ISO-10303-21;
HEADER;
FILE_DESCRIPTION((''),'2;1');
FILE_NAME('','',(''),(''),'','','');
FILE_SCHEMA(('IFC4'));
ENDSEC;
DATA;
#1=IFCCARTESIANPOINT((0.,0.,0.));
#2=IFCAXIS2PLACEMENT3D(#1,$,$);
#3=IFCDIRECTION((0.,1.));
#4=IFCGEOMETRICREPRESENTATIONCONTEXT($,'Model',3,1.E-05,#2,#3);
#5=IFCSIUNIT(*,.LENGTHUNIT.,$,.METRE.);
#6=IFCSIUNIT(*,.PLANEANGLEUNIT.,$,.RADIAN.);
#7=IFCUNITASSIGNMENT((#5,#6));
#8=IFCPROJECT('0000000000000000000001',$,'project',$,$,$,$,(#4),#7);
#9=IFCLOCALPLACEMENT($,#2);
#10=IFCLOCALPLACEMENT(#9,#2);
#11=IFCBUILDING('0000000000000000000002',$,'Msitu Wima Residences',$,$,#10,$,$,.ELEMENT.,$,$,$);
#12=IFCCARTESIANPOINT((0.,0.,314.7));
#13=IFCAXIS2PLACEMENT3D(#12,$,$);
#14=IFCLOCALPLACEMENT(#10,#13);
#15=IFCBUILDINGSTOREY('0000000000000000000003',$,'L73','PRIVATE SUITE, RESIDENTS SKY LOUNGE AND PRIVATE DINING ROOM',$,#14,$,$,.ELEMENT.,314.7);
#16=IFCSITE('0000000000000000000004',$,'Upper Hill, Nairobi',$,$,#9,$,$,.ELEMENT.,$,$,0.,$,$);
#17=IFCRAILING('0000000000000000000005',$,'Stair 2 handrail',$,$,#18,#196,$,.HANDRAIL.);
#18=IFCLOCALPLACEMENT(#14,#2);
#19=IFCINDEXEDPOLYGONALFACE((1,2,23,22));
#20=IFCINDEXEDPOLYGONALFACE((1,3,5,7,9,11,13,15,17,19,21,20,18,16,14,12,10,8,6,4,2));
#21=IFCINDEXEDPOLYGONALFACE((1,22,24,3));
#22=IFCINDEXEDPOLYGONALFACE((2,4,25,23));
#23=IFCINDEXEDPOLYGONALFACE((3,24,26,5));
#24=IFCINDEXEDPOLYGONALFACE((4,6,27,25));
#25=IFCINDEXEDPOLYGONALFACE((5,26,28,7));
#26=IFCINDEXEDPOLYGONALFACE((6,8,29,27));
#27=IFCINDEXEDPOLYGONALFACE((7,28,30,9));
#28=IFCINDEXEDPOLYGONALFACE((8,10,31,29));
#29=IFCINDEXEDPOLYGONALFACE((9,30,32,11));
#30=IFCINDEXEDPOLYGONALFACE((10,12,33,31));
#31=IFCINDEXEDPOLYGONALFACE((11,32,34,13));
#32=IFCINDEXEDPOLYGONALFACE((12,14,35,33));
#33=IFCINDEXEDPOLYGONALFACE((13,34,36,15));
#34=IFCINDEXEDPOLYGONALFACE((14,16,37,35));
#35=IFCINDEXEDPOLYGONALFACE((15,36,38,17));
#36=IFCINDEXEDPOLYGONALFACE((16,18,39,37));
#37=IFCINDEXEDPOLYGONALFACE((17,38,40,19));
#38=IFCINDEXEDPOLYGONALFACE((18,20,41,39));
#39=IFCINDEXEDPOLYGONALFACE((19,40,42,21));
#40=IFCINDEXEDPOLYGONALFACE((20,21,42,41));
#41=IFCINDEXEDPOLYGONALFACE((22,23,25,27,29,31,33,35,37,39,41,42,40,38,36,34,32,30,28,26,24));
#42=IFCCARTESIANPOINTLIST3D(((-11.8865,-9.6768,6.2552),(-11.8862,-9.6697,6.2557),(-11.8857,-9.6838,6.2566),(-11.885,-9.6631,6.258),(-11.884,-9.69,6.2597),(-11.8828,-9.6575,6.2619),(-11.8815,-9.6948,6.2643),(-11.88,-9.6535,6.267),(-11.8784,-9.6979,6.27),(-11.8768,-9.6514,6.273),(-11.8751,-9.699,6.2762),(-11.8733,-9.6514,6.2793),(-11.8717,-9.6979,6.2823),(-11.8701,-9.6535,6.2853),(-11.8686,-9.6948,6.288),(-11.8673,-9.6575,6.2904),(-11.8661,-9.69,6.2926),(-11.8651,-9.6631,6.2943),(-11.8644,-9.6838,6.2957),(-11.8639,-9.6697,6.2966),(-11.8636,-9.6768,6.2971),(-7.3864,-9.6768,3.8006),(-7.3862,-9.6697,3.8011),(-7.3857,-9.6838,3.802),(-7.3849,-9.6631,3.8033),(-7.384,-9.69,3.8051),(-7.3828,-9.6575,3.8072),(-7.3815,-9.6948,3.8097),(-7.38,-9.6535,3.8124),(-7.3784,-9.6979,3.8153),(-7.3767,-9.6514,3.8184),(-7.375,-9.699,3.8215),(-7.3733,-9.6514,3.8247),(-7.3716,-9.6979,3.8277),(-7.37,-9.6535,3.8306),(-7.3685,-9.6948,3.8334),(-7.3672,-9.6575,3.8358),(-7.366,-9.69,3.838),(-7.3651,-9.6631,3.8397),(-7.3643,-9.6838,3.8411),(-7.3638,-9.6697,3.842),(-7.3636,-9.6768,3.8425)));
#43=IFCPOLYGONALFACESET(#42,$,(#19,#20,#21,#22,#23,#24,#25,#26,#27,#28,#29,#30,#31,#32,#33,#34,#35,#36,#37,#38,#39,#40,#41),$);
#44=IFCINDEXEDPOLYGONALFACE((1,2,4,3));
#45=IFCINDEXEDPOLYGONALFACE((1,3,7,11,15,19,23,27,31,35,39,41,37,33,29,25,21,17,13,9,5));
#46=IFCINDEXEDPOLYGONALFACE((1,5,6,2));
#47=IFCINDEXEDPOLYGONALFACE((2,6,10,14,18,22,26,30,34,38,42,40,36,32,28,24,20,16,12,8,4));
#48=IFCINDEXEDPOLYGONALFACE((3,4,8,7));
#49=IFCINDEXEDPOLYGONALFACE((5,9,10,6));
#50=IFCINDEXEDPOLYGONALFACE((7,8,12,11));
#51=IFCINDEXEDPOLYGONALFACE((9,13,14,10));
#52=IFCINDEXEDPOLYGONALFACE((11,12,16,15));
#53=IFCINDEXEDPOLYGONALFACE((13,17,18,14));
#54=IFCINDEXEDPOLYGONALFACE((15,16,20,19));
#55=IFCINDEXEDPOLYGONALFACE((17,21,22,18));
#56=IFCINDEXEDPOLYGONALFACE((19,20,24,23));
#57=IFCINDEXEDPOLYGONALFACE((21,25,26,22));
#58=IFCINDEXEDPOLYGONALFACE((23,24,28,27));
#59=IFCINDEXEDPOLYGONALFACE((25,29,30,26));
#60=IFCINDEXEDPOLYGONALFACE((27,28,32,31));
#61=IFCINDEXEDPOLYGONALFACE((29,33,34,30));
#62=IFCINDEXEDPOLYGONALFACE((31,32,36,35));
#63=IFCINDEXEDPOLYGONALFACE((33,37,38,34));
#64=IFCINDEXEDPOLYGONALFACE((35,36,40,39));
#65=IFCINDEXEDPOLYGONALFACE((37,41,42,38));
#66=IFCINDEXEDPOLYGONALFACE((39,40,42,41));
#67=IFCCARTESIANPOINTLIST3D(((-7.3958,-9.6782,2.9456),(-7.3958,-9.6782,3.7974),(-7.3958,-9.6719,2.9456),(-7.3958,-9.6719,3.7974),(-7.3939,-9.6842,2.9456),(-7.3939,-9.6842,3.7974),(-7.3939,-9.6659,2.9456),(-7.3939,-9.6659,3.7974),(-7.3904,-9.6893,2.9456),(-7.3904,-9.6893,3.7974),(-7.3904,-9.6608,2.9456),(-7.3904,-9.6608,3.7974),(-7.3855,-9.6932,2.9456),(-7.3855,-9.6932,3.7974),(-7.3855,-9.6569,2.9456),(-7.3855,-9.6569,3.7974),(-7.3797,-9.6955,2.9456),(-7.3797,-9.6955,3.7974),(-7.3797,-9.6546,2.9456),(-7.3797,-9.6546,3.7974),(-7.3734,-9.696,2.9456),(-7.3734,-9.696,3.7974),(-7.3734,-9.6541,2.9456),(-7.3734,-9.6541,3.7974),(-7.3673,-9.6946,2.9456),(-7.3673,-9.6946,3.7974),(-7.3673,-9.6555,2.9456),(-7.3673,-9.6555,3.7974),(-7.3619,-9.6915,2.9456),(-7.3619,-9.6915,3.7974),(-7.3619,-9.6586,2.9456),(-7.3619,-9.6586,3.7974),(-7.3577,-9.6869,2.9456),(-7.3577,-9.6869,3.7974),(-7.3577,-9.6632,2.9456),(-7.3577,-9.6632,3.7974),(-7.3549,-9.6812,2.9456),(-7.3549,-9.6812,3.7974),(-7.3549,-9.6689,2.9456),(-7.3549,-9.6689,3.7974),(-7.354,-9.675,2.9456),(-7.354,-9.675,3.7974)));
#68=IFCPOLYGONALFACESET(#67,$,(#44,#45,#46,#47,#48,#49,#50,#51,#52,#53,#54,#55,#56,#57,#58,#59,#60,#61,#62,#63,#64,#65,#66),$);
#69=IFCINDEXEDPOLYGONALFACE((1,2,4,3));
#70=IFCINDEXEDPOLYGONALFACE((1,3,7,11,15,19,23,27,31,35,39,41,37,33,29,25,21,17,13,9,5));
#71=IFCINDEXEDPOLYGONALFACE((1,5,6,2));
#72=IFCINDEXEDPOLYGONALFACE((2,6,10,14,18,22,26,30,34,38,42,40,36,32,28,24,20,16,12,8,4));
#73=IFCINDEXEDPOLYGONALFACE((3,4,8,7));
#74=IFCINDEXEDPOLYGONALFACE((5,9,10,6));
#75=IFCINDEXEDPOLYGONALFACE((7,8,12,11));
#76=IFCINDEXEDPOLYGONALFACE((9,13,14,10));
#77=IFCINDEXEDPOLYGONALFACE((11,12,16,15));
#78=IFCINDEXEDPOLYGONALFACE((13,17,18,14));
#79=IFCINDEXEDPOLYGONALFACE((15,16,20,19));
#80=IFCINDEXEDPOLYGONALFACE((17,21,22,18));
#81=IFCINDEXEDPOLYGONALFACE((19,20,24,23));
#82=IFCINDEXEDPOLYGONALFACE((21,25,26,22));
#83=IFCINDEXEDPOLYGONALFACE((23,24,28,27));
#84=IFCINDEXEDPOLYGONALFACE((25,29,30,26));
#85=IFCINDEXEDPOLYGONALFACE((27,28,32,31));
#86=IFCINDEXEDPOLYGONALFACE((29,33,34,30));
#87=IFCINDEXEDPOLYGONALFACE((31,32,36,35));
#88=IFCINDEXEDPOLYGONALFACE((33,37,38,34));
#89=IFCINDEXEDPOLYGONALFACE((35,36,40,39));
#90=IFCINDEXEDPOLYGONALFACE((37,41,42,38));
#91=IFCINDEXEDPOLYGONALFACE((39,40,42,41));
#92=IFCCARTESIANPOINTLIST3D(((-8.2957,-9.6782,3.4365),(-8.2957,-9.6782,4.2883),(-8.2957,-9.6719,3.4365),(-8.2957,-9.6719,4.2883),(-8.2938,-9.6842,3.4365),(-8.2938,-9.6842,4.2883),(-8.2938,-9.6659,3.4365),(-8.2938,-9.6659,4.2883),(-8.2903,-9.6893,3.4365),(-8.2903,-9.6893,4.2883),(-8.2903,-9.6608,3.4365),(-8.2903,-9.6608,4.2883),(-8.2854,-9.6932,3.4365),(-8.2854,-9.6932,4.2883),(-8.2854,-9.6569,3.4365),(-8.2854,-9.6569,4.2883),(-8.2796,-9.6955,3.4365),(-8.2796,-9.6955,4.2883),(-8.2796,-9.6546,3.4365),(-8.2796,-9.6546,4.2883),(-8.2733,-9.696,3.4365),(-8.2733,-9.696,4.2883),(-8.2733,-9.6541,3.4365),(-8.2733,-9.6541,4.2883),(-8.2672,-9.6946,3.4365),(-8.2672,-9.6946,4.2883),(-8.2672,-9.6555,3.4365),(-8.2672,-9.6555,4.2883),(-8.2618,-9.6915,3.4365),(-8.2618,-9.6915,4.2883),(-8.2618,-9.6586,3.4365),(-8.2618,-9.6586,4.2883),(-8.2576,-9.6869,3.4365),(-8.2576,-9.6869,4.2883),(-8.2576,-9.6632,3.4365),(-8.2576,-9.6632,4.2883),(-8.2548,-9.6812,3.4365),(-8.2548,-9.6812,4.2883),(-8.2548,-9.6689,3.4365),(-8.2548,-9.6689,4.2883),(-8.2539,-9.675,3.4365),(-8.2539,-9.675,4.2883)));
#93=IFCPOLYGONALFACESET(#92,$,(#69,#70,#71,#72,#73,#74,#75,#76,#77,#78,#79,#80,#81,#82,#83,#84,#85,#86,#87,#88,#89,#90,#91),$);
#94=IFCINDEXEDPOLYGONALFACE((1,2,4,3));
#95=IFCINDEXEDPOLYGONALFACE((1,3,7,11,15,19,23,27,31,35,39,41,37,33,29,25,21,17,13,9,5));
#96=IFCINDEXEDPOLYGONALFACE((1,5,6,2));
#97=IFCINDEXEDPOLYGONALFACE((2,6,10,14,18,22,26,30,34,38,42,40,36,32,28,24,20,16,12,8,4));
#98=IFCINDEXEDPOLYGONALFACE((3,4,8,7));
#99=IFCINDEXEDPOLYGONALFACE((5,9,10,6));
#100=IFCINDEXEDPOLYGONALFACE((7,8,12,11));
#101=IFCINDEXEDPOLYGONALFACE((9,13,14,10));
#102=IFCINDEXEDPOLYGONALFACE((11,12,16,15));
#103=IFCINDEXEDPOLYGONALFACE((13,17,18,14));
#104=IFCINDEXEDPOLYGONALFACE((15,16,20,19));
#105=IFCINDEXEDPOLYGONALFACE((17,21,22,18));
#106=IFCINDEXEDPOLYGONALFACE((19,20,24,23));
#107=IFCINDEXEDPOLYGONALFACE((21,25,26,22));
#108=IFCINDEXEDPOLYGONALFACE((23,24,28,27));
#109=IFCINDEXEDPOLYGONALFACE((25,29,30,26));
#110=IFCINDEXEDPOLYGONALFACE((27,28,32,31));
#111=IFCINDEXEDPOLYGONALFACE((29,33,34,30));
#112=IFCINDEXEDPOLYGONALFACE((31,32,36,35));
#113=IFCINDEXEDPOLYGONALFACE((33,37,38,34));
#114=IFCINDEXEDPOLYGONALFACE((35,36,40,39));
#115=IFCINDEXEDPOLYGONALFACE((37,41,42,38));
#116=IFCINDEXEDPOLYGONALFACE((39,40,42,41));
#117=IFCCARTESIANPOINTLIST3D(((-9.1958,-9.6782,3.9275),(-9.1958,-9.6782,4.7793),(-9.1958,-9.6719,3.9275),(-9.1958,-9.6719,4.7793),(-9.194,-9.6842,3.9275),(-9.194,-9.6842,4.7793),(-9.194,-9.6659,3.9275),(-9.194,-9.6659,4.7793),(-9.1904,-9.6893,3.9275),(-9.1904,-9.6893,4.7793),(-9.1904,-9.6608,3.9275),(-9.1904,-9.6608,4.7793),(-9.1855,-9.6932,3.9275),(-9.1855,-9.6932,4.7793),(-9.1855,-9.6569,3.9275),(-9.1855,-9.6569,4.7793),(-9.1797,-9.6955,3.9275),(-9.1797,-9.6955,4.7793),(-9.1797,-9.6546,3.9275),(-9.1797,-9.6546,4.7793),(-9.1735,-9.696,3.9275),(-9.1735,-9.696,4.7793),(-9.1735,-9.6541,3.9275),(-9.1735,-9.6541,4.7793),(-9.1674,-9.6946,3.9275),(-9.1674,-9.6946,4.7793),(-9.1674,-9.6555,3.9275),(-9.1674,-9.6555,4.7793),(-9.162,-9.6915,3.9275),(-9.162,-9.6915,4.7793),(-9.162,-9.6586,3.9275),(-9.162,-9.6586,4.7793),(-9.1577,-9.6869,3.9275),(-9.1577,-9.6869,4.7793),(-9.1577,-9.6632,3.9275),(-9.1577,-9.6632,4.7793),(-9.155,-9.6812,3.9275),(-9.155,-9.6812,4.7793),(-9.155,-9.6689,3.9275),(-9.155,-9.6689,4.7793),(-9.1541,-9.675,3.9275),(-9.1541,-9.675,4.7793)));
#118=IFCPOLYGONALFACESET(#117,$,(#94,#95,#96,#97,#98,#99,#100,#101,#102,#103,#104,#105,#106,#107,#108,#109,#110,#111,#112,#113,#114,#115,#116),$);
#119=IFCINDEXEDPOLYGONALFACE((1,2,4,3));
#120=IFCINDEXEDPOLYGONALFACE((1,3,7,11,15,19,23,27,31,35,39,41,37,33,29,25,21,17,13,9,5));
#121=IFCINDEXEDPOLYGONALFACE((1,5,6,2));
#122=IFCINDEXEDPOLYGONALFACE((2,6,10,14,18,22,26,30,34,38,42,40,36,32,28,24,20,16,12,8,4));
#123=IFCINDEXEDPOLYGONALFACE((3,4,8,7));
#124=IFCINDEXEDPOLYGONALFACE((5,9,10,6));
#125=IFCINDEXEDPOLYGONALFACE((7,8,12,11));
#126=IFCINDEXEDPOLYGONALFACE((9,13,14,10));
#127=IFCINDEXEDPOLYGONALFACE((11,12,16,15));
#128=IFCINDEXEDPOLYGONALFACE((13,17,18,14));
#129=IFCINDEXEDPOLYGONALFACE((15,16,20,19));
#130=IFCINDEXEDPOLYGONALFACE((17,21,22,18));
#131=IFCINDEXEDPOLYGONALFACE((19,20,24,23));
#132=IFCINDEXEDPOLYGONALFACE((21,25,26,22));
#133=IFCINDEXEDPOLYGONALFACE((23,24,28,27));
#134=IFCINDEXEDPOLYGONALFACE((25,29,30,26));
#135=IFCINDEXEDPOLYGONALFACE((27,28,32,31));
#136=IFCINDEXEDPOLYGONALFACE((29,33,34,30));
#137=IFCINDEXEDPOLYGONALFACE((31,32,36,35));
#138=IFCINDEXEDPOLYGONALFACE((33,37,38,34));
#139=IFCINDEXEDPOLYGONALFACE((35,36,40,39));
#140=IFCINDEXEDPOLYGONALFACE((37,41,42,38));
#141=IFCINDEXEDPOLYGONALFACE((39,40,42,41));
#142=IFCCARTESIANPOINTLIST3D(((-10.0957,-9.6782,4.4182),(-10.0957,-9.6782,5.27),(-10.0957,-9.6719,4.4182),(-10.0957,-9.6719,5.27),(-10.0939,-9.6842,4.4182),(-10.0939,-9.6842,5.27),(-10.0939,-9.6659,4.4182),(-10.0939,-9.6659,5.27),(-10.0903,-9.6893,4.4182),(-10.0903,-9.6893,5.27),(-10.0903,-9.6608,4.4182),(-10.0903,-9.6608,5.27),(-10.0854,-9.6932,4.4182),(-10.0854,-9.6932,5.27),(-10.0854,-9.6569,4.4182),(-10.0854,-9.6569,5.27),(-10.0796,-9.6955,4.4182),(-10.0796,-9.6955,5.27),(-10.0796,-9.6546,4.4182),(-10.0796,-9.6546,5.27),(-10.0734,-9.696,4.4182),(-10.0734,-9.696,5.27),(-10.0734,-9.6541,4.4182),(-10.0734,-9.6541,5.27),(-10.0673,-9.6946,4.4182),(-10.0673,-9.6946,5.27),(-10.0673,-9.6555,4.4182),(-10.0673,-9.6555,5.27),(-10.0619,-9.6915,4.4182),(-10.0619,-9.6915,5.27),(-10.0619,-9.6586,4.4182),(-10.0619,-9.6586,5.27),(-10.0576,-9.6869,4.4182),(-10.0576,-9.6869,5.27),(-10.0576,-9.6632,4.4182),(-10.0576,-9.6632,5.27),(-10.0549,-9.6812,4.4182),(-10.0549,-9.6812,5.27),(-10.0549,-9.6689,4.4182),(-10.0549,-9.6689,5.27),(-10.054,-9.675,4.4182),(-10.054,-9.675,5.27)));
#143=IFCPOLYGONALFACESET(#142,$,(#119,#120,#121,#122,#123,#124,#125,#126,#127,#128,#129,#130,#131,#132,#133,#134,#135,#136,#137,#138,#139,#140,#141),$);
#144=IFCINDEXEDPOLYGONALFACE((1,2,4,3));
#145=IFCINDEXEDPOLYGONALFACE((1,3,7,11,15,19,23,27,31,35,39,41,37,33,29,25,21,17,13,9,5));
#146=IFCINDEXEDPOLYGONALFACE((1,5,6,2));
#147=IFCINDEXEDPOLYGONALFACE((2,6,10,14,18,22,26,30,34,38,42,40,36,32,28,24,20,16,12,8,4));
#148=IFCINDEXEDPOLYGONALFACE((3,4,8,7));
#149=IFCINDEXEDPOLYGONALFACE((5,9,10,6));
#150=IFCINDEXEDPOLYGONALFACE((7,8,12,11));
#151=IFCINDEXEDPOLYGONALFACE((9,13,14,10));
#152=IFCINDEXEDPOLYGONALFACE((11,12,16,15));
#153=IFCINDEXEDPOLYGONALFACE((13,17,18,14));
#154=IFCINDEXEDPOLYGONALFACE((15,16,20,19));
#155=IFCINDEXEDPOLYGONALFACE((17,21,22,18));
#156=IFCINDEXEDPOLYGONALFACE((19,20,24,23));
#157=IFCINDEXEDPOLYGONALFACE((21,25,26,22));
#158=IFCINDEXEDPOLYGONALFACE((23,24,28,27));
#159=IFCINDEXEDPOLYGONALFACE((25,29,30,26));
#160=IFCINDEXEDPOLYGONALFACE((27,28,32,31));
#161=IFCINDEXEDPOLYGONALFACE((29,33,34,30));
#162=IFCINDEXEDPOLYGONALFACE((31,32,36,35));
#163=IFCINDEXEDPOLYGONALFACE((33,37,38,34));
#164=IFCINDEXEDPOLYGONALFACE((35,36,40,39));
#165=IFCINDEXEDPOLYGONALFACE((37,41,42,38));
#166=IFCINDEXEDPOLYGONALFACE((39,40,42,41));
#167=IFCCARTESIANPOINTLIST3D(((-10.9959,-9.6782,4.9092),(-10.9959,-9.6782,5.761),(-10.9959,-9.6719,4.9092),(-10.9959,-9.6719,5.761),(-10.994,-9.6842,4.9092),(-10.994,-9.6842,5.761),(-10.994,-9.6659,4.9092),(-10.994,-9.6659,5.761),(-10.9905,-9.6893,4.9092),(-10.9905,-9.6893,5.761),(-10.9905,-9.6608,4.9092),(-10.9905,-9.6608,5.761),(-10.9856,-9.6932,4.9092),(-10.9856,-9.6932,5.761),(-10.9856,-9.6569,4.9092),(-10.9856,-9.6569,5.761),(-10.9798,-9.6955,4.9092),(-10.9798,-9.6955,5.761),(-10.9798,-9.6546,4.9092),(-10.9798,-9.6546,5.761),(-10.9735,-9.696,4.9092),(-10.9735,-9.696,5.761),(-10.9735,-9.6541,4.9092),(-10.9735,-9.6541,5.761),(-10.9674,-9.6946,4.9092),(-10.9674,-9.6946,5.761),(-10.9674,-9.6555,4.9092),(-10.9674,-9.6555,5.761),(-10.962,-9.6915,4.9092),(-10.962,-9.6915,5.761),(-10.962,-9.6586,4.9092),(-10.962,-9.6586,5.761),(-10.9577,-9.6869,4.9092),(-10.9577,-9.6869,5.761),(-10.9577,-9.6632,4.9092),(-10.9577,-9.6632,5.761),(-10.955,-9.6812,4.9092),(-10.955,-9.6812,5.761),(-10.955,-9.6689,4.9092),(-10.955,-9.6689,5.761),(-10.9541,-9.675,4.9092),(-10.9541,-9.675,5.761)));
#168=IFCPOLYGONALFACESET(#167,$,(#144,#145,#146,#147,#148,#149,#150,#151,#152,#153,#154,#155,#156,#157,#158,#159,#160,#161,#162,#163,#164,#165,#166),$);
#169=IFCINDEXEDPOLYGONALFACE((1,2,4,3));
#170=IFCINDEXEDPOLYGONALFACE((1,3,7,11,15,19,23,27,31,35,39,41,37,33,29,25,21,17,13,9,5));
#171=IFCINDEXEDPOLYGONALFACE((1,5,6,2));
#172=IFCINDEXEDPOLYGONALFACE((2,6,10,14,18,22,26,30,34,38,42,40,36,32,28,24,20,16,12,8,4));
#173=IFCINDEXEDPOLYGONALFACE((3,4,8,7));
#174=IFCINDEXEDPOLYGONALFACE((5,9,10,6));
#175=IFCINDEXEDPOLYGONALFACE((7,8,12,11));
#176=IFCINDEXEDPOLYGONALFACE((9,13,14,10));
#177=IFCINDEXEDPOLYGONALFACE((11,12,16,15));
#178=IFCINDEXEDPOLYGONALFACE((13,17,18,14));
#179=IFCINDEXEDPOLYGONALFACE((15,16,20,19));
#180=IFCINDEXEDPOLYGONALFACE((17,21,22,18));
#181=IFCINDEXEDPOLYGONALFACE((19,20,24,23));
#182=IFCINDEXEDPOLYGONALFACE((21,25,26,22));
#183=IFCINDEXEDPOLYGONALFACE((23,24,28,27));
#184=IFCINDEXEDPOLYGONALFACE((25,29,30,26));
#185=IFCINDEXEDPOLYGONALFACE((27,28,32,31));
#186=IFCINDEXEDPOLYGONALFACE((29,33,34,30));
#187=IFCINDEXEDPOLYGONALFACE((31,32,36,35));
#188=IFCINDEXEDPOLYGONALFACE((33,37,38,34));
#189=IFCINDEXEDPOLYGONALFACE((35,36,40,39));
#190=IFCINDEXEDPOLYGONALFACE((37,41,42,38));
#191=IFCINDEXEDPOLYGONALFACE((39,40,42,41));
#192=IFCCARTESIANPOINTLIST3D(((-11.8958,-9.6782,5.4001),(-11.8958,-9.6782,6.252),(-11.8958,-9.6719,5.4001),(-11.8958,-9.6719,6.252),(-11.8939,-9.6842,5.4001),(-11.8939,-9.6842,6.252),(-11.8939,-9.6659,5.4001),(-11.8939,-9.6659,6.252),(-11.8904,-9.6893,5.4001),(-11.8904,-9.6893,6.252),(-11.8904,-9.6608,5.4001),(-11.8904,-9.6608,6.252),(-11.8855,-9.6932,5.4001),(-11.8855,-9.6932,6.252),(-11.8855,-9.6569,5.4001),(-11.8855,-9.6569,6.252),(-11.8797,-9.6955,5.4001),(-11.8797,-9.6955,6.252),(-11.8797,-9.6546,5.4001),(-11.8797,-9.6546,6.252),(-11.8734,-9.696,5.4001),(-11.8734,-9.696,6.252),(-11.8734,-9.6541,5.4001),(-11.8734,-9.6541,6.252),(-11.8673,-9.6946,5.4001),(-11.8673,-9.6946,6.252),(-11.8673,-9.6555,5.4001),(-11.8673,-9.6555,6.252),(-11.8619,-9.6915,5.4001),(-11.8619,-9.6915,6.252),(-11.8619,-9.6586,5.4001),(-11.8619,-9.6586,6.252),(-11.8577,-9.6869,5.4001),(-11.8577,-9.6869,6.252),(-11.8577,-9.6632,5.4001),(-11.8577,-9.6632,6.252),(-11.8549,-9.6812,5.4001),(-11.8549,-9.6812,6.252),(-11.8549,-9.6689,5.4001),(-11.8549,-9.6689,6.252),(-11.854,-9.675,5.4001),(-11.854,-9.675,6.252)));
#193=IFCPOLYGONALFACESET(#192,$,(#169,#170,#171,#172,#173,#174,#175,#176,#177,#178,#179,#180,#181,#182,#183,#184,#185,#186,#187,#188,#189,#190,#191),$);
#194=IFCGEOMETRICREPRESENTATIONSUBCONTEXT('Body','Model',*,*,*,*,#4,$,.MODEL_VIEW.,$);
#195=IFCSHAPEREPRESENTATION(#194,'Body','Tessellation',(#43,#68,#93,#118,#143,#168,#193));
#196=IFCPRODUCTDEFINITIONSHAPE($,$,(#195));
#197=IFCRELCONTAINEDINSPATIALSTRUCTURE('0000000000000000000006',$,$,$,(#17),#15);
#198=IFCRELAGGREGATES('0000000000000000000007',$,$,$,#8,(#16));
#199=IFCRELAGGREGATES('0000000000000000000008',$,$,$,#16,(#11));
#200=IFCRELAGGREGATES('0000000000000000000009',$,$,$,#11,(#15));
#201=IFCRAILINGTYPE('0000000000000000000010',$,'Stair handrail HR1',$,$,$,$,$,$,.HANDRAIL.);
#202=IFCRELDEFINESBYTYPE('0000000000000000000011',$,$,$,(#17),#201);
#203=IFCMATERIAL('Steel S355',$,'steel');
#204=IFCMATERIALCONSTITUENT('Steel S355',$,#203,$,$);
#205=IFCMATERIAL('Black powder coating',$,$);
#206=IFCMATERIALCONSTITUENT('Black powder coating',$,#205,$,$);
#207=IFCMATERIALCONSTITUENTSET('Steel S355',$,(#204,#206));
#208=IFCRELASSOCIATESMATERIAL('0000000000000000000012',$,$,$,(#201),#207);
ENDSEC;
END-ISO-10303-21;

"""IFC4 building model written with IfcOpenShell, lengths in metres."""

from ifc_helpers import new_model, si_unit, direction, frame, origin, origin_2d, place, context, subcontext, project, spatial, circle, extrude, material, constituent, constituent_set, type_object, element, save


model = new_model("IFC4")

# Units and contexts
model_context = context("Model", 3, precision=1e-05, world=origin(), true_north=direction((0.0, 1.0)))
body_context = subcontext(model_context, "Body", "Model", "MODEL_VIEW")
ifc_project = project(units=[si_unit("LENGTHUNIT", "METRE"), si_unit("PLANEANGLEUNIT", "RADIAN")], contexts=[model_context])

# Site, building, storey
site_placement = place(None, origin())
site = spatial("IfcSite", under=ifc_project, at=site_placement, Name="Upper Hill, Nairobi", CompositionType="ELEMENT", RefElevation=0.0)
building_placement = place(site_placement, origin())
building = spatial("IfcBuilding", under=site, at=building_placement, Name="Msitu Wima Residences", CompositionType="ELEMENT")
storey_placement = place(building_placement, frame((0.0, 0.0, 314.7)))
storey = spatial("IfcBuildingStorey", under=building, at=storey_placement, Name="L73", Description="PRIVATE SUITE, RESIDENTS SKY LOUNGE AND PRIVATE DINING ROOM", CompositionType="ELEMENT", Elevation=314.7)

# Railing
ifc_material_1 = material(Name="Steel S355", Category="steel")
ifc_constituent_1 = constituent(ifc_material_1, Name="Steel S355")
ifc_material_2 = material(Name="Black powder coating")
ifc_constituent_2 = constituent(ifc_material_2, Name="Black powder coating")
ifc_constituent_set = constituent_set(constituents=[ifc_constituent_1, ifc_constituent_2], Name="Steel S355")
railing_type = type_object("IfcRailingType", Name="Stair handrail HR1", PredefinedType="HANDRAIL", material=ifc_constituent_set)
for number, where, name in (
    (1, (-7.375, -9.675, 2.9456), "Stair 2 handrail"),
):
    element("IfcRailing", number, at=place(storey_placement, frame(where)), inside=storey, type_object=railing_type, Name=name, PredefinedType="HANDRAIL", context=body_context, shape_type="SweptSolid", body=[
        extrude(circle(Radius=0.0239, at=origin_2d()), frame((0.0, 0.0, 0.876), z_axis=(-0.877892, 0.0, 0.478859), x_axis=(0.0, -1.0, 0.0)), (0.0, 0.0, 1.0), 5.126),
        extrude(circle(Radius=0.021, at=origin_2d()), origin(), (0.0, 0.0, 1.0), 0.8518),
        extrude(circle(Radius=0.021, at=origin_2d()), frame((-0.8999, 0.0, 0.491)), (0.0, 0.0, 1.0), 0.8518),
        extrude(circle(Radius=0.021, at=origin_2d()), frame((-1.8, 0.0, 0.9819)), (0.0, 0.0, 1.0), 0.8518),
        extrude(circle(Radius=0.021, at=origin_2d()), frame((-2.7, 0.0, 1.4727)), (0.0, 0.0, 1.0), 0.8518),
        extrude(circle(Radius=0.021, at=origin_2d()), frame((-3.6001, 0.0, 1.9636)), (0.0, 0.0, 1.0), 0.8518),
        extrude(circle(Radius=0.021, at=origin_2d()), frame((-4.5, 0.0, 2.4546)), (0.0, 0.0, 1.0), 0.8518),
    ])

save(model, "model.ifc")
